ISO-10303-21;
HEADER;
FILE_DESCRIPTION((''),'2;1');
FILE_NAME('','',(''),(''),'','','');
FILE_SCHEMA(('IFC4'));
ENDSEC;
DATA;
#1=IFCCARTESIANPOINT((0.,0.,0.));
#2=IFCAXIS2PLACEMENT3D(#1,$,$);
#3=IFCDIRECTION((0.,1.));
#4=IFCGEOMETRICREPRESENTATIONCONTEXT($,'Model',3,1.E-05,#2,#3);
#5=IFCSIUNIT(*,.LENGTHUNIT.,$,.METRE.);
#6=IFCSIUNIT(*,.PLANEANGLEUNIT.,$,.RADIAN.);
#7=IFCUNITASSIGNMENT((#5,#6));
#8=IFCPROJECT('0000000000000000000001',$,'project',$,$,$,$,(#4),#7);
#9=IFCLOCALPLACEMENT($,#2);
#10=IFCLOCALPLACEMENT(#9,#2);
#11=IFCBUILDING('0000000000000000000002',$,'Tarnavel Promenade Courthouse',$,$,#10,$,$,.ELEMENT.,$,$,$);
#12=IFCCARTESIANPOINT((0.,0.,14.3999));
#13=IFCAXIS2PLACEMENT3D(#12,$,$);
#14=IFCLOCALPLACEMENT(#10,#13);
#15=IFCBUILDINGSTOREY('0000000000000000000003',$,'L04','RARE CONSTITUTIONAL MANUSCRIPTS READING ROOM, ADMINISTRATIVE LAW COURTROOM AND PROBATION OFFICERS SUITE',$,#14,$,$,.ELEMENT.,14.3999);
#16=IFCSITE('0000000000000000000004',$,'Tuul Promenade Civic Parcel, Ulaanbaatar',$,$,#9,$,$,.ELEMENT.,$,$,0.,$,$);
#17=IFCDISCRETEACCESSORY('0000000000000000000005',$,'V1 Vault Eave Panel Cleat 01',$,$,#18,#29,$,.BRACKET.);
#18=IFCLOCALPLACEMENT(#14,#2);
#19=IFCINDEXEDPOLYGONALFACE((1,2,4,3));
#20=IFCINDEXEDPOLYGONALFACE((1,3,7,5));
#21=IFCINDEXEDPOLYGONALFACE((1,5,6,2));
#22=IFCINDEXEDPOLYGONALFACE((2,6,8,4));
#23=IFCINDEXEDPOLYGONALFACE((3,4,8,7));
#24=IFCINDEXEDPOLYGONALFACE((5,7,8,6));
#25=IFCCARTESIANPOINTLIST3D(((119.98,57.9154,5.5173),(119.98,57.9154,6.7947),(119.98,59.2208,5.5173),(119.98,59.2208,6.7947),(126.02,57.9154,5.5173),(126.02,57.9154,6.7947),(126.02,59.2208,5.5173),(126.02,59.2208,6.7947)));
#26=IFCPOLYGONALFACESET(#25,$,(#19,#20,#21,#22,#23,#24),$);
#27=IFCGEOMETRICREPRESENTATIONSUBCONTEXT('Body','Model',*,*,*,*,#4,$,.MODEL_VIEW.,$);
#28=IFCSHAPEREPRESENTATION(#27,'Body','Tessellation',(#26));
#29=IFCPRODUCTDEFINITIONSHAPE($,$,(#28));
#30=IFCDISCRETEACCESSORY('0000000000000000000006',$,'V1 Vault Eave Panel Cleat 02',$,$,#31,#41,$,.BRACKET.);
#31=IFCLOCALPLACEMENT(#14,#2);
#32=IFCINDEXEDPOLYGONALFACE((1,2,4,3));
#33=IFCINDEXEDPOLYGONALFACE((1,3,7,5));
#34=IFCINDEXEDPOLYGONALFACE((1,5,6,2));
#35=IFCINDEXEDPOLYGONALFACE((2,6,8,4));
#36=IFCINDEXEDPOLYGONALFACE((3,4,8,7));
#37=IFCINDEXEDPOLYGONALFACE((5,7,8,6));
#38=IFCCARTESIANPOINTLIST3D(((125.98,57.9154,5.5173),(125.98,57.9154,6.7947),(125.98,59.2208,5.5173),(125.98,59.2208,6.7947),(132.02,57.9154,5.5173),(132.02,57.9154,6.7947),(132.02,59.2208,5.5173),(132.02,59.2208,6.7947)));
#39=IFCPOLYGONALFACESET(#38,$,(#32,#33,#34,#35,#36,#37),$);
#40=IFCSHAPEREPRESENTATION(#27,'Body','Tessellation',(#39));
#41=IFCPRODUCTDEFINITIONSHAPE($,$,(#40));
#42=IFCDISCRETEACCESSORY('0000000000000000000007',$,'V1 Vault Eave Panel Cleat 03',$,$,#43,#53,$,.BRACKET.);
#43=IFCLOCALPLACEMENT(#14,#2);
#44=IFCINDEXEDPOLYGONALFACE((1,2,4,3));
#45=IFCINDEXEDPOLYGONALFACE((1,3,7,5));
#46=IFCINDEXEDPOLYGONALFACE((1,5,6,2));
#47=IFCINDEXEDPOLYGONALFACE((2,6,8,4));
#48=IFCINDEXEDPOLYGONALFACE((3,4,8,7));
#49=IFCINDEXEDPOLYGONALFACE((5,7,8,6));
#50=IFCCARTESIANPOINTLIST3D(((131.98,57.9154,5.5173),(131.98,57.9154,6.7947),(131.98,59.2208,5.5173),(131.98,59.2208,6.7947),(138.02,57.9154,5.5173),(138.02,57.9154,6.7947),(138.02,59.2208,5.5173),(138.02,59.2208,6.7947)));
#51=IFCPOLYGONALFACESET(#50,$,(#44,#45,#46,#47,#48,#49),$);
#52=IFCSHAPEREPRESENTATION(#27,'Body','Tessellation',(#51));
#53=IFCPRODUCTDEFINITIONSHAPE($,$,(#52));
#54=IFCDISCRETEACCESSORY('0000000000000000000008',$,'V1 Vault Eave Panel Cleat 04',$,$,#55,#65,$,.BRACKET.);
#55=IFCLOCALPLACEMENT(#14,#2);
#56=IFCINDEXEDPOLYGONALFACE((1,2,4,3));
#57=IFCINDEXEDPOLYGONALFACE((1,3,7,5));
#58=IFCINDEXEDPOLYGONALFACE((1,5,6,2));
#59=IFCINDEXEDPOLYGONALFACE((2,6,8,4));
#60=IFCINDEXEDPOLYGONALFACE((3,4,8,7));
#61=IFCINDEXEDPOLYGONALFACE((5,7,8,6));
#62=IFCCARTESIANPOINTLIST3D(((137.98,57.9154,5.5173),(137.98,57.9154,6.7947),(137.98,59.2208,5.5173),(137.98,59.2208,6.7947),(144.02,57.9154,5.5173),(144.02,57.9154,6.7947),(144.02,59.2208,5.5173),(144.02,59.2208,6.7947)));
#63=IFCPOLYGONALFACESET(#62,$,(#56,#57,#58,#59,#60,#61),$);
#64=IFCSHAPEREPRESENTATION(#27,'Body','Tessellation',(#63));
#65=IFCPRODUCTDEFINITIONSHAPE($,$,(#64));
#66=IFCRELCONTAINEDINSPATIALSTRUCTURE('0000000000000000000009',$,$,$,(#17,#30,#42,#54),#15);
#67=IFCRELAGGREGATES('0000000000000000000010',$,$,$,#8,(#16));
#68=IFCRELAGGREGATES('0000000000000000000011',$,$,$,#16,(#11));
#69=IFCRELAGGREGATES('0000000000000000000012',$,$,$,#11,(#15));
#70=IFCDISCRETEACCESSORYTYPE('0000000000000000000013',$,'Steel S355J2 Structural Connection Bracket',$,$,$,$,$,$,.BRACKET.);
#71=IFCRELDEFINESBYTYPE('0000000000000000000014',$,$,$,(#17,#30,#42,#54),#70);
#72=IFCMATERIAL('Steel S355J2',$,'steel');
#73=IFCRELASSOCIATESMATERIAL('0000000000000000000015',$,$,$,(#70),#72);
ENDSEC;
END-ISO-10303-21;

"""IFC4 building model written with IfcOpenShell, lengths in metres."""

from ifc_helpers import new_model, si_unit, direction, frame, origin, origin_2d, place, context, subcontext, project, spatial, rectangle, extrude, material, type_object, element, save


model = new_model("IFC4")

# Units and contexts
model_context = context("Model", 3, precision=1e-05, world=origin(), true_north=direction((0.0, 1.0)))
body_context = subcontext(model_context, "Body", "Model", "MODEL_VIEW")
ifc_project = project(units=[si_unit("LENGTHUNIT", "METRE"), si_unit("PLANEANGLEUNIT", "RADIAN")], contexts=[model_context])

# Site, building, storey
site_placement = place(None, origin())
site = spatial("IfcSite", under=ifc_project, at=site_placement, Name="Tuul Promenade Civic Parcel, Ulaanbaatar", CompositionType="ELEMENT", RefElevation=0.0)
building_placement = place(site_placement, origin())
building = spatial("IfcBuilding", under=site, at=building_placement, Name="Tarnavel Promenade Courthouse", CompositionType="ELEMENT")
storey_placement = place(building_placement, frame((0.0, 0.0, 14.3999)))
storey = spatial("IfcBuildingStorey", under=building, at=storey_placement, Name="L04", Description="RARE CONSTITUTIONAL MANUSCRIPTS READING ROOM, ADMINISTRATIVE LAW COURTROOM AND PROBATION OFFICERS SUITE", CompositionType="ELEMENT", Elevation=14.3999)

# Shared definitions
ifc_material_1 = material(Name="Steel S355J2", Category="steel")

# Discrete accessories
discrete_accessory_type = type_object("IfcDiscreteAccessoryType", Name="Steel S355J2 Structural Connection Bracket", PredefinedType="BRACKET", material=ifc_material_1)
for number, where, z_axis, x_axis, name in (
    (1, (123.0, 58.5681, 5.5173), (0.0, 0.0, 1.0), (1.0, 0.0, 0.0), "V1 Vault Eave Panel Cleat 01"),
    (2, (129.0, 58.5681, 5.5173), (0.0, 0.0, 1.0), (1.0, 0.0, 0.0), "V1 Vault Eave Panel Cleat 02"),
    (3, (135.0, 58.5681, 5.5173), (0.0, 0.0, 1.0), (1.0, 0.0, 0.0), "V1 Vault Eave Panel Cleat 03"),
    (4, (141.0, 58.5681, 5.5173), (0.0, 0.0, 1.0), (1.0, 0.0, 0.0), "V1 Vault Eave Panel Cleat 04"),
):
    element("IfcDiscreteAccessory", number, at=place(storey_placement, frame(where, z_axis=z_axis, x_axis=x_axis)), inside=storey, type_object=discrete_accessory_type, Name=name, PredefinedType="BRACKET", context=body_context, shape_type="SweptSolid", body=[
        extrude(rectangle(XDim=6.04, YDim=1.3054, at=origin_2d()), origin(), (0.0, 0.0, 1.0), 1.2773),
    ])

save(model, "model.ifc")
